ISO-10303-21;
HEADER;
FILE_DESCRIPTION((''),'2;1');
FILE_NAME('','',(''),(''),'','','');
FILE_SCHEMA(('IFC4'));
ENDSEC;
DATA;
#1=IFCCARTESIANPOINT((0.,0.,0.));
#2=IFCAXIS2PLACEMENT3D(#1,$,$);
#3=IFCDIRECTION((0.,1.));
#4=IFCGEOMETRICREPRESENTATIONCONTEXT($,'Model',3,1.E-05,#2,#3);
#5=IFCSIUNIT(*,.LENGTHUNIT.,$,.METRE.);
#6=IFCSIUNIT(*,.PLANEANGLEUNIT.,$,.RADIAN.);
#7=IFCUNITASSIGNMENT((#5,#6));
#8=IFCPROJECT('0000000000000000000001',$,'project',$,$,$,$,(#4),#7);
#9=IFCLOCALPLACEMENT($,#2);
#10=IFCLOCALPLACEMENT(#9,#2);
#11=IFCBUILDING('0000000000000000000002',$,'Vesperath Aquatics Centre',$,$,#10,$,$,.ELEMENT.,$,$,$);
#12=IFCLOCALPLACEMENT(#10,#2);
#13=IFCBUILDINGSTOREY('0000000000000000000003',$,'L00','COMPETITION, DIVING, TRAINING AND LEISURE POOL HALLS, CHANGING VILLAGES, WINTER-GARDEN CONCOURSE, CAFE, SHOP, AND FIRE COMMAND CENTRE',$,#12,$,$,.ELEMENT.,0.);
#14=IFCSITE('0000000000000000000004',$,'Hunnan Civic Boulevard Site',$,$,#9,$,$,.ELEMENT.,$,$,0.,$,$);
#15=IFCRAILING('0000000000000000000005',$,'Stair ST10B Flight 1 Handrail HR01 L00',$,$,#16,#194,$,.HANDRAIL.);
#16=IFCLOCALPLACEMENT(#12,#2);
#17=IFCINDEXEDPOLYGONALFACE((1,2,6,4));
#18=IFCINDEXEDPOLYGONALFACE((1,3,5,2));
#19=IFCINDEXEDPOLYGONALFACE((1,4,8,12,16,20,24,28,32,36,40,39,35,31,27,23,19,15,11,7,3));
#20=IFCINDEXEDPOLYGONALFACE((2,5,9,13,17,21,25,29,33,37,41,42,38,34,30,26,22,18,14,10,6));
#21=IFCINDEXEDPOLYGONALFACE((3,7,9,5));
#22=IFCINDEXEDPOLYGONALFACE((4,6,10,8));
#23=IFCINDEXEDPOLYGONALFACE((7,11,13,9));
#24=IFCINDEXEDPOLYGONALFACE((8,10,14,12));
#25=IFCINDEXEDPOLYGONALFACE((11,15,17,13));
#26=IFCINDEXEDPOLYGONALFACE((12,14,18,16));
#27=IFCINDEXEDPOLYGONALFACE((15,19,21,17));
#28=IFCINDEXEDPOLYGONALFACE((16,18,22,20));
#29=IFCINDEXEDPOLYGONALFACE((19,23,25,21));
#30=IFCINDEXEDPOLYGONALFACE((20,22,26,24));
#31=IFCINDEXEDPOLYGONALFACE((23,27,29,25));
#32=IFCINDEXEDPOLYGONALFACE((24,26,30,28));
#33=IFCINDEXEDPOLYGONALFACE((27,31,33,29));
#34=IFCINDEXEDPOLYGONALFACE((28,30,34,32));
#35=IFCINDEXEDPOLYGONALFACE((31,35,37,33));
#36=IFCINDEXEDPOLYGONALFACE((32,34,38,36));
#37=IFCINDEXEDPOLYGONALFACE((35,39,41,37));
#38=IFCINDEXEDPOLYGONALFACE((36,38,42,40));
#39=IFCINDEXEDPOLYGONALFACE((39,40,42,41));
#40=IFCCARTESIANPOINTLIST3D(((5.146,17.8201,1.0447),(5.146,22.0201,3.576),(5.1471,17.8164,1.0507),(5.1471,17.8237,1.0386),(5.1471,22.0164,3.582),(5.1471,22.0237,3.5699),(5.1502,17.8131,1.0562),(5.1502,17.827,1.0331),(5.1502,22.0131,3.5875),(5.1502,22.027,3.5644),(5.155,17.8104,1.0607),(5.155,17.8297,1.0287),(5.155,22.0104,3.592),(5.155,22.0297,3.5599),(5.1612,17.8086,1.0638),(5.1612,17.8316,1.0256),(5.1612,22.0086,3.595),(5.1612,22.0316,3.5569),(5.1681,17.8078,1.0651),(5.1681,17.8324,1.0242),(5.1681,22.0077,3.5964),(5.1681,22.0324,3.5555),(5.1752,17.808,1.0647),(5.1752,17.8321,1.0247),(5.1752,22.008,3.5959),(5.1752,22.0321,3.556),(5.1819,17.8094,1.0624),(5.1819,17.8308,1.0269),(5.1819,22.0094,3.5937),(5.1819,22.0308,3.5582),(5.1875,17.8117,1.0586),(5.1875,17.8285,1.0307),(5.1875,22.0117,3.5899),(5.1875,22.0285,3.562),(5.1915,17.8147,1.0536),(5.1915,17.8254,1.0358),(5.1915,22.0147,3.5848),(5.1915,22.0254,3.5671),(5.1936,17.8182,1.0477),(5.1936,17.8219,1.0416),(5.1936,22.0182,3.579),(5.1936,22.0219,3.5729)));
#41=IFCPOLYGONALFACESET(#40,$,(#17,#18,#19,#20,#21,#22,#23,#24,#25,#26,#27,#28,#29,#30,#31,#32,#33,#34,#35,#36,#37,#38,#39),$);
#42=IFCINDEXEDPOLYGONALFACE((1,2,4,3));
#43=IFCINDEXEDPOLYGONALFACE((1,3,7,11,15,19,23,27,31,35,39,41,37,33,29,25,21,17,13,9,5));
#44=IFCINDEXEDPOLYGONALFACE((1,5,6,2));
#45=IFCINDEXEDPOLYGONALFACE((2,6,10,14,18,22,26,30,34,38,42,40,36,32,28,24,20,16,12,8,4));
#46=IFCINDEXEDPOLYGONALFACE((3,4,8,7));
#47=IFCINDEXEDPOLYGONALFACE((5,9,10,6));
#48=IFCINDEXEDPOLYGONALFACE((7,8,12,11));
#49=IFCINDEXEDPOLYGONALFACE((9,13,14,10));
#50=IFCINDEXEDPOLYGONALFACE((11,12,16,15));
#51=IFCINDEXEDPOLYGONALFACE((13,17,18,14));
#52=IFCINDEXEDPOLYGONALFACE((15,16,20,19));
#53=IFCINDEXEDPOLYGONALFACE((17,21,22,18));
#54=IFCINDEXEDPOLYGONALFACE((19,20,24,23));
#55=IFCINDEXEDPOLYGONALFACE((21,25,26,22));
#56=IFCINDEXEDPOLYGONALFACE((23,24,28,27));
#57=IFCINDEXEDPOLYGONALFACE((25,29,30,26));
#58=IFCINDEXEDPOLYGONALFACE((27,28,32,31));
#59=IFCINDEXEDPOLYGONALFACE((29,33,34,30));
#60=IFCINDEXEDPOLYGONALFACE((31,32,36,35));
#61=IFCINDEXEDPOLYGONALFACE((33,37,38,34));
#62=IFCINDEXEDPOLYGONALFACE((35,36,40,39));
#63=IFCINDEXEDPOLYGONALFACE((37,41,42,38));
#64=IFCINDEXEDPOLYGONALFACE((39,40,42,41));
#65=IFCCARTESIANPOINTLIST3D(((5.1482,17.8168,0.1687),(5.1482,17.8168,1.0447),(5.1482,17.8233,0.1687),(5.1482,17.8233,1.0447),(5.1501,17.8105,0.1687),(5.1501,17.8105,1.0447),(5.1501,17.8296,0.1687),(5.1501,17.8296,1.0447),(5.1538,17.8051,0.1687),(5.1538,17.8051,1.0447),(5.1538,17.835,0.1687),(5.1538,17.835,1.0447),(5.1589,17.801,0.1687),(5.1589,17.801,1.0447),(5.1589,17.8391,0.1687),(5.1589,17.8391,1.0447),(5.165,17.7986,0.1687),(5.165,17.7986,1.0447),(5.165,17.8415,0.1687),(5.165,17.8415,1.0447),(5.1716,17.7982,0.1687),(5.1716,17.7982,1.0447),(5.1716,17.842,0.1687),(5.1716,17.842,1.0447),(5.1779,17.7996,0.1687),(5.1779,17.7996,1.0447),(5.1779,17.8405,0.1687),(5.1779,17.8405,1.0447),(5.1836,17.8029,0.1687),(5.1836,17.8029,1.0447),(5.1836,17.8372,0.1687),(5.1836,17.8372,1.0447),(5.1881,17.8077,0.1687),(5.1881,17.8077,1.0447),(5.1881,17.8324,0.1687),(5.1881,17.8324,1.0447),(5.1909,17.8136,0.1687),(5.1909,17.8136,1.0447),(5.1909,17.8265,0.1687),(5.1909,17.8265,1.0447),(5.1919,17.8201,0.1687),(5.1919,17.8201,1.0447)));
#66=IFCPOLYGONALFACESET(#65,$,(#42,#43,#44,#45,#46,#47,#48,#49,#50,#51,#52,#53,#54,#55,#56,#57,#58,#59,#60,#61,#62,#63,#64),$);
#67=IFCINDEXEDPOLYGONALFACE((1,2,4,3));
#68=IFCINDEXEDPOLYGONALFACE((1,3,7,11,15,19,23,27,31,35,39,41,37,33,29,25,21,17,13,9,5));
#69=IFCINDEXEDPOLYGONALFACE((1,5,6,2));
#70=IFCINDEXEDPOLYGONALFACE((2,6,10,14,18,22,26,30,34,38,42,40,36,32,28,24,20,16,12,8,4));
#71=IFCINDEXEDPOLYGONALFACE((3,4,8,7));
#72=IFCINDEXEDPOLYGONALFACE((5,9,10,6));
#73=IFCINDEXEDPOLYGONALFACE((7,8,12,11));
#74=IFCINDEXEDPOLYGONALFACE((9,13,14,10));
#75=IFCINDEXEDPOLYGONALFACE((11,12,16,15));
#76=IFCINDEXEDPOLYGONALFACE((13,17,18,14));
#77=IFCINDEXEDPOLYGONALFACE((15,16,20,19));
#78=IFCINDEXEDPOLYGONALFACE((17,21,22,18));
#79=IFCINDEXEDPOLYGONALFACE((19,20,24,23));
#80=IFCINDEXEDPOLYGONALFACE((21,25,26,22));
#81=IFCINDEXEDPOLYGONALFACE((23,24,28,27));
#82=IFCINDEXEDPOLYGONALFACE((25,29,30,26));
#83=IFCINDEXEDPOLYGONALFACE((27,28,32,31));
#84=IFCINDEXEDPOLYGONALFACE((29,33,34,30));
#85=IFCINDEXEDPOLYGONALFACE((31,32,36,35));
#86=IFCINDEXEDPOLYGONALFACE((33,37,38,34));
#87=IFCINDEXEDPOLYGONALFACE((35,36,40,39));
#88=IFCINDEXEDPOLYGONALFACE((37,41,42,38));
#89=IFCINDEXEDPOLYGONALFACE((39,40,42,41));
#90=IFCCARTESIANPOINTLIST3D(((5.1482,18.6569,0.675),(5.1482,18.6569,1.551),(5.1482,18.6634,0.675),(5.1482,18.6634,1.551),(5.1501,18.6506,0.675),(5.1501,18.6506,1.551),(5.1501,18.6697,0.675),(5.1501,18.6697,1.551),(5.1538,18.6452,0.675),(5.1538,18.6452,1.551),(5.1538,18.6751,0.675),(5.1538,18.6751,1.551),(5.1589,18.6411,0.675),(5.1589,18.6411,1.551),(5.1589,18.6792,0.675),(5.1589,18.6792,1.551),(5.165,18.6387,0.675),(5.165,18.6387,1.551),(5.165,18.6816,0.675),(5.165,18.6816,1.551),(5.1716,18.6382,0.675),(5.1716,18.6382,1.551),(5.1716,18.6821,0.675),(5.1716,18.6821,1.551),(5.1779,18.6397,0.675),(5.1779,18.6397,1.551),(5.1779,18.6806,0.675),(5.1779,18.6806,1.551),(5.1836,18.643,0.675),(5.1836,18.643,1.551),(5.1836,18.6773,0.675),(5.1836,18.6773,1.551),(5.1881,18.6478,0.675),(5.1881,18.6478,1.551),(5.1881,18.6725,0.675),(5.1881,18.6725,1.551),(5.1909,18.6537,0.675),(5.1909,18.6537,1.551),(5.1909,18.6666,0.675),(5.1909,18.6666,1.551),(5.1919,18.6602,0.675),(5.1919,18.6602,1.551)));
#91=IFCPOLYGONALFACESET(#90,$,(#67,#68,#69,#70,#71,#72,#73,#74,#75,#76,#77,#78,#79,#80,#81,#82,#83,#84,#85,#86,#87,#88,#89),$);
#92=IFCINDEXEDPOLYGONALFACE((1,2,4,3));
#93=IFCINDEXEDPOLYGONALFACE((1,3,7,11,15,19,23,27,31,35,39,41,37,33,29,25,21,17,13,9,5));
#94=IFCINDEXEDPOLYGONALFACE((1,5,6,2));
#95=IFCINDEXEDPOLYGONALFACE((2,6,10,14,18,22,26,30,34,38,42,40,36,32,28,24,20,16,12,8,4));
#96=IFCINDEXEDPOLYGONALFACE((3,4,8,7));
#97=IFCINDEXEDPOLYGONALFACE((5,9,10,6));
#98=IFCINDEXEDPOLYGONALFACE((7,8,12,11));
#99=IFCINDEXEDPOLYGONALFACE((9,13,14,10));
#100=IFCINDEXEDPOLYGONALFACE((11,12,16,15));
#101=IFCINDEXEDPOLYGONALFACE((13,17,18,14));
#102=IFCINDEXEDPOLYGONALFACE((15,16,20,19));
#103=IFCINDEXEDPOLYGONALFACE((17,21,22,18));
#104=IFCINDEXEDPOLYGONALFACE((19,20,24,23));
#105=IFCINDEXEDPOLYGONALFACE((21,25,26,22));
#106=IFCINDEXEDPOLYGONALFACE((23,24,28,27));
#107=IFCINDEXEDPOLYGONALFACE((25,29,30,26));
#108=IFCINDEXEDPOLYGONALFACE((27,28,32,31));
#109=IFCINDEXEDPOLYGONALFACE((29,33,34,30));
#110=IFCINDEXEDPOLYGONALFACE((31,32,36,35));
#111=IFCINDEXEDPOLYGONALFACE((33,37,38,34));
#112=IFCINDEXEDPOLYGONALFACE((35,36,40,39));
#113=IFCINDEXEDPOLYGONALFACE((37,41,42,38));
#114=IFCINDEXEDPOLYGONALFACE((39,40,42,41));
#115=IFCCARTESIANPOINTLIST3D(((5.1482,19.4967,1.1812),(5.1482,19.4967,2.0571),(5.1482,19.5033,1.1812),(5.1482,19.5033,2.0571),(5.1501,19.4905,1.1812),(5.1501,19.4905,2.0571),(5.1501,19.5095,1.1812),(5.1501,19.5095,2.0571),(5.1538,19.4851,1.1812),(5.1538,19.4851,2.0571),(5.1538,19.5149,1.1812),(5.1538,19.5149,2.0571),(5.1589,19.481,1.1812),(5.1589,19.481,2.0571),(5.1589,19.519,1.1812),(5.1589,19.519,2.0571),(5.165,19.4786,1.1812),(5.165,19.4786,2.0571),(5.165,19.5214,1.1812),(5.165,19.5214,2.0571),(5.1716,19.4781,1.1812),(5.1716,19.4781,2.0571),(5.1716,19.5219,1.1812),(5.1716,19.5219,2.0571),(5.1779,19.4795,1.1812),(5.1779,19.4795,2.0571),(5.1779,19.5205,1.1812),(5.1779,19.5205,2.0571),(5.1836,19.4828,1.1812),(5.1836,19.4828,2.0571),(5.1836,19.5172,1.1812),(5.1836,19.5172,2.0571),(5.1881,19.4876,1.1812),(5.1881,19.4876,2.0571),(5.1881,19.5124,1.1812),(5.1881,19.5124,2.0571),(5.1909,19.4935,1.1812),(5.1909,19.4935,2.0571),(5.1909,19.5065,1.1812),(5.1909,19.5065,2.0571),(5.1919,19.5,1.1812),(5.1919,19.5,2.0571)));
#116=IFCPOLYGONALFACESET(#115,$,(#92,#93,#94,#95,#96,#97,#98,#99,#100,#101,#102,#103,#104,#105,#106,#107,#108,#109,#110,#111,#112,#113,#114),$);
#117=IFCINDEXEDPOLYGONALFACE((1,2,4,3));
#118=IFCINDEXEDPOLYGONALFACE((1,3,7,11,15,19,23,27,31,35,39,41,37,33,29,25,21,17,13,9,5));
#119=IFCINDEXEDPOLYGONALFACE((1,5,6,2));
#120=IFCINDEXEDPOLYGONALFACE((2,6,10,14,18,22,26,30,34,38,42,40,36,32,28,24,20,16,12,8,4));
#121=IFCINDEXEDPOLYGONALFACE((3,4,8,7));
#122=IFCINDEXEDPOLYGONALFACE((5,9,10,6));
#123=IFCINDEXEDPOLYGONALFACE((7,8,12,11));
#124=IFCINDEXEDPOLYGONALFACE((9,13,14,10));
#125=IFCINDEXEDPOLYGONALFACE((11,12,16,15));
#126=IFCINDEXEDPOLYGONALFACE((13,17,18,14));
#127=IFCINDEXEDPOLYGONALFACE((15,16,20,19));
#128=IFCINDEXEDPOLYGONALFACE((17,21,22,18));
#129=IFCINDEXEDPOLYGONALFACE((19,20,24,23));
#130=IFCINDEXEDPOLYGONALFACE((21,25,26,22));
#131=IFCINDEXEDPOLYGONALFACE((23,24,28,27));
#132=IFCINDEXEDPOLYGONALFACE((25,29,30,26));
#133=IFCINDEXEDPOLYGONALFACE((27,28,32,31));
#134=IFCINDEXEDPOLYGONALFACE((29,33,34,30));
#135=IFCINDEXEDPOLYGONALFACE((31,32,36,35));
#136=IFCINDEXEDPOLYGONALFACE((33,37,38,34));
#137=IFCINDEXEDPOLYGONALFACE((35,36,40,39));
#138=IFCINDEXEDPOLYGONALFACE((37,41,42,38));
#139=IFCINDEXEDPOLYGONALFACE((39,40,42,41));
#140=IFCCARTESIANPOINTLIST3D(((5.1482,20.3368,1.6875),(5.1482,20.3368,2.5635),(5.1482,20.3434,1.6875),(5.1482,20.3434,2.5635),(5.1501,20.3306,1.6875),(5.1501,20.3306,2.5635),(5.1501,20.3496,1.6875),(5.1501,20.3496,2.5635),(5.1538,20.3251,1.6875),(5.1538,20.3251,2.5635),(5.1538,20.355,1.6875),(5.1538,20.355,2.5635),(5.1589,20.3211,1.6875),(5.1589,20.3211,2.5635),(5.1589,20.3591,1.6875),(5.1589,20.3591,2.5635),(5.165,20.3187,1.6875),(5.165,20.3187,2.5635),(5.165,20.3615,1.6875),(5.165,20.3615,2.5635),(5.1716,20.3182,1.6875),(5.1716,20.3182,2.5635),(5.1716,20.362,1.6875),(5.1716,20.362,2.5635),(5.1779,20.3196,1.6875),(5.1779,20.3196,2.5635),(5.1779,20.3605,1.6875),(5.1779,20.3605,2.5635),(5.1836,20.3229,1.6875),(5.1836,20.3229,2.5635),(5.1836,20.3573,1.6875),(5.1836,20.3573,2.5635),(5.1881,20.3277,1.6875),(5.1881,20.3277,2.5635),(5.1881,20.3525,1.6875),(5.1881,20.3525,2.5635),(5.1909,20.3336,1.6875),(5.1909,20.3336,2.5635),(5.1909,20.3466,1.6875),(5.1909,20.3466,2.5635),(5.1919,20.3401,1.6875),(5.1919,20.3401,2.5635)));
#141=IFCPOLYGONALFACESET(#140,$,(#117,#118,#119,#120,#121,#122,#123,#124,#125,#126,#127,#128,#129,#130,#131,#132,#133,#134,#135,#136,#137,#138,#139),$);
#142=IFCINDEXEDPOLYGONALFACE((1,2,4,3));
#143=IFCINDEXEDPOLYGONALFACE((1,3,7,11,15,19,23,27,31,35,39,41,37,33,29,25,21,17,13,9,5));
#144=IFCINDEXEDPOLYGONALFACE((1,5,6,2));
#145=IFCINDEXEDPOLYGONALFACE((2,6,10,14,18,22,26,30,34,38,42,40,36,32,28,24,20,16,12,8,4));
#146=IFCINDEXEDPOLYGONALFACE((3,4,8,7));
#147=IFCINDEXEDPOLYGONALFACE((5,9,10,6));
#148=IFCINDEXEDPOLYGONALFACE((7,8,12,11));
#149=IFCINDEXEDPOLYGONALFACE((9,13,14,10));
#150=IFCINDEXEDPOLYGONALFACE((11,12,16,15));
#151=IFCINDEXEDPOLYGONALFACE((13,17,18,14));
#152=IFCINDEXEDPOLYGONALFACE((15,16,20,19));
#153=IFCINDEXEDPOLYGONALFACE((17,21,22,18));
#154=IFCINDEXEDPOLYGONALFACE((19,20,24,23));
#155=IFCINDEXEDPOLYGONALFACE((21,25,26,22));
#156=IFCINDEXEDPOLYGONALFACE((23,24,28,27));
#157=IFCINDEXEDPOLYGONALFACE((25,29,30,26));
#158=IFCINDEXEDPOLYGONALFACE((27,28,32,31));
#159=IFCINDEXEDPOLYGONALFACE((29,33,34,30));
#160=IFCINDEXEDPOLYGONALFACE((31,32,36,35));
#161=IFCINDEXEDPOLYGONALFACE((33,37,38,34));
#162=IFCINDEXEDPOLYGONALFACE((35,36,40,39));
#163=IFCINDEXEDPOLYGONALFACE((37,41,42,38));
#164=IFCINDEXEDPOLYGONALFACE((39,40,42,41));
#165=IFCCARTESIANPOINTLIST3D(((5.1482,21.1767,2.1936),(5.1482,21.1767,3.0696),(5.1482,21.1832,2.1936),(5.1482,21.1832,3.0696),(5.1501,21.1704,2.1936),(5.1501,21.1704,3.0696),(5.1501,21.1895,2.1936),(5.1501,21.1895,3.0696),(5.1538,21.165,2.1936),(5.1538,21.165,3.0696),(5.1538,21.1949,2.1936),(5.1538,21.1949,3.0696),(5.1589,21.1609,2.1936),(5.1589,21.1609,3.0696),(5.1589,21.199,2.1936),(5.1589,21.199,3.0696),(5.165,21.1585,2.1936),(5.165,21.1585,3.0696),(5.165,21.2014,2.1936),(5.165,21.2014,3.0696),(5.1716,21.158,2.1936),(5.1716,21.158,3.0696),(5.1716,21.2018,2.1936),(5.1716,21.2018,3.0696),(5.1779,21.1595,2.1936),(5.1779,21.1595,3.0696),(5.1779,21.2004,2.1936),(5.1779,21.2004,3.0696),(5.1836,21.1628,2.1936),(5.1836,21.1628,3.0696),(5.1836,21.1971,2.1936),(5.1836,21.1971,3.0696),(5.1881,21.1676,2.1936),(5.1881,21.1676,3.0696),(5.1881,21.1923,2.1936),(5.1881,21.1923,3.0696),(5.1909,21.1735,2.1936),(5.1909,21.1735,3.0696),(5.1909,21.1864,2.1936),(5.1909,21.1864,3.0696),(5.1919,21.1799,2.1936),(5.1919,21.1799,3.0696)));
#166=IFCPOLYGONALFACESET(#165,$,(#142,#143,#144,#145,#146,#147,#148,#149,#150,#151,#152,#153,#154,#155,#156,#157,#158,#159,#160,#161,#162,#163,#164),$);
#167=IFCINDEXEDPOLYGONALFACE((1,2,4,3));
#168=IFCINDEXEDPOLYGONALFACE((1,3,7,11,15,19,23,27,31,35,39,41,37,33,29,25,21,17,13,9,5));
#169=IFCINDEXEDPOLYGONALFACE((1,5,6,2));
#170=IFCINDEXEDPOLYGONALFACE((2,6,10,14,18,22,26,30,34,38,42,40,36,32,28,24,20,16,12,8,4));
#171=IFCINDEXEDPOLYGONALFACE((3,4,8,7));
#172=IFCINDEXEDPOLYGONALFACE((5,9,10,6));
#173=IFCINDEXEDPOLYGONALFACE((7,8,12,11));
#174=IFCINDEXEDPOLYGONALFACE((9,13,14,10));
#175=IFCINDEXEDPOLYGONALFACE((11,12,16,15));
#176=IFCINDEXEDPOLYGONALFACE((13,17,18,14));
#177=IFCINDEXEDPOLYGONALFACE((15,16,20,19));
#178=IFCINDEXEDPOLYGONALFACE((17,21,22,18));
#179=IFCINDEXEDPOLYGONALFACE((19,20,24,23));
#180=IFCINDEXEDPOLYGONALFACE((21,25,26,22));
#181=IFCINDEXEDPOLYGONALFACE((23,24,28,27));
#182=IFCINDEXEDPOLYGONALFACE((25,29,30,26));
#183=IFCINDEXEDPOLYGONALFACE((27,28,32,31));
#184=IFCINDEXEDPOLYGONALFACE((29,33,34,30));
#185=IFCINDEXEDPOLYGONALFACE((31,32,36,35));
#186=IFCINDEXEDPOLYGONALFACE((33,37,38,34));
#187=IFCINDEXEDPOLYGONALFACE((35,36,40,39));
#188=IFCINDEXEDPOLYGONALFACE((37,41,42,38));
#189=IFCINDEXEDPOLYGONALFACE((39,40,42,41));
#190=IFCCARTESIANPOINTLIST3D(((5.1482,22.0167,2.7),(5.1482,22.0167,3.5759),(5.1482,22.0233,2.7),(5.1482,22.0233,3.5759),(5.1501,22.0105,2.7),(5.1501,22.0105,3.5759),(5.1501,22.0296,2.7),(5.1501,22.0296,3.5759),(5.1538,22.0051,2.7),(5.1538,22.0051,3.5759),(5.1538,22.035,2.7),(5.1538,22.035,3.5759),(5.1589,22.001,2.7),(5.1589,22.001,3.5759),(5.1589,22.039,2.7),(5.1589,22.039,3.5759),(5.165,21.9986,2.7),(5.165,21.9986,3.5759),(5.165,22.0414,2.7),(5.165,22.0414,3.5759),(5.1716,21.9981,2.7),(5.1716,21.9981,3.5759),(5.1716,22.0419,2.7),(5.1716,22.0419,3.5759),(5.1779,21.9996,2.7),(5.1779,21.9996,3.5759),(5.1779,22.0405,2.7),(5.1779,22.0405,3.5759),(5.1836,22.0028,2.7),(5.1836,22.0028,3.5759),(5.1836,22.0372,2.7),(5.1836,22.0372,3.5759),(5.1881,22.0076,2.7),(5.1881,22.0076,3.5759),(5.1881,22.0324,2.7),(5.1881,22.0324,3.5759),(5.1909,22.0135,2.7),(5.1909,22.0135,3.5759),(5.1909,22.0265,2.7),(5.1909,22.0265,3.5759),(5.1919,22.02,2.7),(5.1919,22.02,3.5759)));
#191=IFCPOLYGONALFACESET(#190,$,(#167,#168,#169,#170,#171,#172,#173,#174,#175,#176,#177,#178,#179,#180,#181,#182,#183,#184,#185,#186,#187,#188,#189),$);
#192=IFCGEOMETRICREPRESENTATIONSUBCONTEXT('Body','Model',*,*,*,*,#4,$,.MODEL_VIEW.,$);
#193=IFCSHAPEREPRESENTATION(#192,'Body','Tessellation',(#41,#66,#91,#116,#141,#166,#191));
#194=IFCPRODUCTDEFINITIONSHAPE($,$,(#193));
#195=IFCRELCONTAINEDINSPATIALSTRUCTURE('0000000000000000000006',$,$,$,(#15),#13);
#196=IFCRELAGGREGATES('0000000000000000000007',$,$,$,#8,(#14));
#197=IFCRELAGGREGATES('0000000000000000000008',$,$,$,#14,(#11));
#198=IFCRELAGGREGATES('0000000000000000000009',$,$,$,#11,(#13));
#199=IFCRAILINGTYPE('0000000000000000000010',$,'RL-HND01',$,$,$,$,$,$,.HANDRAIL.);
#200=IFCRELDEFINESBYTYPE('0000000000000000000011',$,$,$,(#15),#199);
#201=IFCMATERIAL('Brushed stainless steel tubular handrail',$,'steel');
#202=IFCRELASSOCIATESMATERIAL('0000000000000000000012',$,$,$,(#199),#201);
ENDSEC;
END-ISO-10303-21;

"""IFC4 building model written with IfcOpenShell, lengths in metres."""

from ifc_helpers import new_model, si_unit, direction, frame, origin, origin_2d, place, context, subcontext, project, spatial, circle, extrude, material, type_object, element, save


model = new_model("IFC4")

# Units and contexts
model_context = context("Model", 3, precision=1e-05, world=origin(), true_north=direction((0.0, 1.0)))
body_context = subcontext(model_context, "Body", "Model", "MODEL_VIEW")
ifc_project = project(units=[si_unit("LENGTHUNIT", "METRE"), si_unit("PLANEANGLEUNIT", "RADIAN")], contexts=[model_context])

# Site, building, storey
site_placement = place(None, origin())
site = spatial("IfcSite", under=ifc_project, at=site_placement, Name="Hunnan Civic Boulevard Site", CompositionType="ELEMENT", RefElevation=0.0)
building_placement = place(site_placement, origin())
building = spatial("IfcBuilding", under=site, at=building_placement, Name="Vesperath Aquatics Centre", CompositionType="ELEMENT")
storey_placement = place(building_placement, origin())
storey = spatial("IfcBuildingStorey", under=building, at=storey_placement, Name="L00", Description="COMPETITION, DIVING, TRAINING AND LEISURE POOL HALLS, CHANGING VILLAGES, WINTER-GARDEN CONCOURSE, CAFE, SHOP, AND FIRE COMMAND CENTRE", CompositionType="ELEMENT", Elevation=0.0)

# Railing
ifc_material_1 = material(Name="Brushed stainless steel tubular handrail", Category="steel")
railing_type_1 = type_object("IfcRailingType", Name="RL-HND01", PredefinedType="HANDRAIL", material=ifc_material_1)
railing_1_placement = place(storey_placement, frame((5.1699, 17.8201, 0.1687)))
element("IfcRailing", 1, at=railing_1_placement, inside=storey, type_object=railing_type_1, Name="Stair ST10B Flight 1 Handrail HR01 L00", PredefinedType="HANDRAIL", context=body_context, shape_type="SweptSolid", body=[
    extrude(circle(Radius=0.0239, at=origin_2d()), frame((0.0, 0.0, 0.876), z_axis=(0.0, 0.856476, 0.516186), x_axis=(-1.0, 0.0, 0.0)), (0.0, 0.0, 1.0), 4.9038),
    extrude(circle(Radius=0.022, at=origin_2d()), origin(), (0.0, 0.0, 1.0), 0.876),
    extrude(circle(Radius=0.022, at=origin_2d()), frame((0.0, 0.8401, 0.5063)), (0.0, 0.0, 1.0), 0.876),
    extrude(circle(Radius=0.022, at=origin_2d()), frame((0.0, 1.6799, 1.0125)), (0.0, 0.0, 1.0), 0.876),
    extrude(circle(Radius=0.022, at=origin_2d()), frame((0.0, 2.52, 1.5188)), (0.0, 0.0, 1.0), 0.876),
    extrude(circle(Radius=0.022, at=origin_2d()), frame((0.0, 3.3599, 2.0249)), (0.0, 0.0, 1.0), 0.876),
    extrude(circle(Radius=0.022, at=origin_2d()), frame((0.0, 4.2, 2.5312)), (0.0, 0.0, 1.0), 0.876),
])

save(model, "model.ifc")
